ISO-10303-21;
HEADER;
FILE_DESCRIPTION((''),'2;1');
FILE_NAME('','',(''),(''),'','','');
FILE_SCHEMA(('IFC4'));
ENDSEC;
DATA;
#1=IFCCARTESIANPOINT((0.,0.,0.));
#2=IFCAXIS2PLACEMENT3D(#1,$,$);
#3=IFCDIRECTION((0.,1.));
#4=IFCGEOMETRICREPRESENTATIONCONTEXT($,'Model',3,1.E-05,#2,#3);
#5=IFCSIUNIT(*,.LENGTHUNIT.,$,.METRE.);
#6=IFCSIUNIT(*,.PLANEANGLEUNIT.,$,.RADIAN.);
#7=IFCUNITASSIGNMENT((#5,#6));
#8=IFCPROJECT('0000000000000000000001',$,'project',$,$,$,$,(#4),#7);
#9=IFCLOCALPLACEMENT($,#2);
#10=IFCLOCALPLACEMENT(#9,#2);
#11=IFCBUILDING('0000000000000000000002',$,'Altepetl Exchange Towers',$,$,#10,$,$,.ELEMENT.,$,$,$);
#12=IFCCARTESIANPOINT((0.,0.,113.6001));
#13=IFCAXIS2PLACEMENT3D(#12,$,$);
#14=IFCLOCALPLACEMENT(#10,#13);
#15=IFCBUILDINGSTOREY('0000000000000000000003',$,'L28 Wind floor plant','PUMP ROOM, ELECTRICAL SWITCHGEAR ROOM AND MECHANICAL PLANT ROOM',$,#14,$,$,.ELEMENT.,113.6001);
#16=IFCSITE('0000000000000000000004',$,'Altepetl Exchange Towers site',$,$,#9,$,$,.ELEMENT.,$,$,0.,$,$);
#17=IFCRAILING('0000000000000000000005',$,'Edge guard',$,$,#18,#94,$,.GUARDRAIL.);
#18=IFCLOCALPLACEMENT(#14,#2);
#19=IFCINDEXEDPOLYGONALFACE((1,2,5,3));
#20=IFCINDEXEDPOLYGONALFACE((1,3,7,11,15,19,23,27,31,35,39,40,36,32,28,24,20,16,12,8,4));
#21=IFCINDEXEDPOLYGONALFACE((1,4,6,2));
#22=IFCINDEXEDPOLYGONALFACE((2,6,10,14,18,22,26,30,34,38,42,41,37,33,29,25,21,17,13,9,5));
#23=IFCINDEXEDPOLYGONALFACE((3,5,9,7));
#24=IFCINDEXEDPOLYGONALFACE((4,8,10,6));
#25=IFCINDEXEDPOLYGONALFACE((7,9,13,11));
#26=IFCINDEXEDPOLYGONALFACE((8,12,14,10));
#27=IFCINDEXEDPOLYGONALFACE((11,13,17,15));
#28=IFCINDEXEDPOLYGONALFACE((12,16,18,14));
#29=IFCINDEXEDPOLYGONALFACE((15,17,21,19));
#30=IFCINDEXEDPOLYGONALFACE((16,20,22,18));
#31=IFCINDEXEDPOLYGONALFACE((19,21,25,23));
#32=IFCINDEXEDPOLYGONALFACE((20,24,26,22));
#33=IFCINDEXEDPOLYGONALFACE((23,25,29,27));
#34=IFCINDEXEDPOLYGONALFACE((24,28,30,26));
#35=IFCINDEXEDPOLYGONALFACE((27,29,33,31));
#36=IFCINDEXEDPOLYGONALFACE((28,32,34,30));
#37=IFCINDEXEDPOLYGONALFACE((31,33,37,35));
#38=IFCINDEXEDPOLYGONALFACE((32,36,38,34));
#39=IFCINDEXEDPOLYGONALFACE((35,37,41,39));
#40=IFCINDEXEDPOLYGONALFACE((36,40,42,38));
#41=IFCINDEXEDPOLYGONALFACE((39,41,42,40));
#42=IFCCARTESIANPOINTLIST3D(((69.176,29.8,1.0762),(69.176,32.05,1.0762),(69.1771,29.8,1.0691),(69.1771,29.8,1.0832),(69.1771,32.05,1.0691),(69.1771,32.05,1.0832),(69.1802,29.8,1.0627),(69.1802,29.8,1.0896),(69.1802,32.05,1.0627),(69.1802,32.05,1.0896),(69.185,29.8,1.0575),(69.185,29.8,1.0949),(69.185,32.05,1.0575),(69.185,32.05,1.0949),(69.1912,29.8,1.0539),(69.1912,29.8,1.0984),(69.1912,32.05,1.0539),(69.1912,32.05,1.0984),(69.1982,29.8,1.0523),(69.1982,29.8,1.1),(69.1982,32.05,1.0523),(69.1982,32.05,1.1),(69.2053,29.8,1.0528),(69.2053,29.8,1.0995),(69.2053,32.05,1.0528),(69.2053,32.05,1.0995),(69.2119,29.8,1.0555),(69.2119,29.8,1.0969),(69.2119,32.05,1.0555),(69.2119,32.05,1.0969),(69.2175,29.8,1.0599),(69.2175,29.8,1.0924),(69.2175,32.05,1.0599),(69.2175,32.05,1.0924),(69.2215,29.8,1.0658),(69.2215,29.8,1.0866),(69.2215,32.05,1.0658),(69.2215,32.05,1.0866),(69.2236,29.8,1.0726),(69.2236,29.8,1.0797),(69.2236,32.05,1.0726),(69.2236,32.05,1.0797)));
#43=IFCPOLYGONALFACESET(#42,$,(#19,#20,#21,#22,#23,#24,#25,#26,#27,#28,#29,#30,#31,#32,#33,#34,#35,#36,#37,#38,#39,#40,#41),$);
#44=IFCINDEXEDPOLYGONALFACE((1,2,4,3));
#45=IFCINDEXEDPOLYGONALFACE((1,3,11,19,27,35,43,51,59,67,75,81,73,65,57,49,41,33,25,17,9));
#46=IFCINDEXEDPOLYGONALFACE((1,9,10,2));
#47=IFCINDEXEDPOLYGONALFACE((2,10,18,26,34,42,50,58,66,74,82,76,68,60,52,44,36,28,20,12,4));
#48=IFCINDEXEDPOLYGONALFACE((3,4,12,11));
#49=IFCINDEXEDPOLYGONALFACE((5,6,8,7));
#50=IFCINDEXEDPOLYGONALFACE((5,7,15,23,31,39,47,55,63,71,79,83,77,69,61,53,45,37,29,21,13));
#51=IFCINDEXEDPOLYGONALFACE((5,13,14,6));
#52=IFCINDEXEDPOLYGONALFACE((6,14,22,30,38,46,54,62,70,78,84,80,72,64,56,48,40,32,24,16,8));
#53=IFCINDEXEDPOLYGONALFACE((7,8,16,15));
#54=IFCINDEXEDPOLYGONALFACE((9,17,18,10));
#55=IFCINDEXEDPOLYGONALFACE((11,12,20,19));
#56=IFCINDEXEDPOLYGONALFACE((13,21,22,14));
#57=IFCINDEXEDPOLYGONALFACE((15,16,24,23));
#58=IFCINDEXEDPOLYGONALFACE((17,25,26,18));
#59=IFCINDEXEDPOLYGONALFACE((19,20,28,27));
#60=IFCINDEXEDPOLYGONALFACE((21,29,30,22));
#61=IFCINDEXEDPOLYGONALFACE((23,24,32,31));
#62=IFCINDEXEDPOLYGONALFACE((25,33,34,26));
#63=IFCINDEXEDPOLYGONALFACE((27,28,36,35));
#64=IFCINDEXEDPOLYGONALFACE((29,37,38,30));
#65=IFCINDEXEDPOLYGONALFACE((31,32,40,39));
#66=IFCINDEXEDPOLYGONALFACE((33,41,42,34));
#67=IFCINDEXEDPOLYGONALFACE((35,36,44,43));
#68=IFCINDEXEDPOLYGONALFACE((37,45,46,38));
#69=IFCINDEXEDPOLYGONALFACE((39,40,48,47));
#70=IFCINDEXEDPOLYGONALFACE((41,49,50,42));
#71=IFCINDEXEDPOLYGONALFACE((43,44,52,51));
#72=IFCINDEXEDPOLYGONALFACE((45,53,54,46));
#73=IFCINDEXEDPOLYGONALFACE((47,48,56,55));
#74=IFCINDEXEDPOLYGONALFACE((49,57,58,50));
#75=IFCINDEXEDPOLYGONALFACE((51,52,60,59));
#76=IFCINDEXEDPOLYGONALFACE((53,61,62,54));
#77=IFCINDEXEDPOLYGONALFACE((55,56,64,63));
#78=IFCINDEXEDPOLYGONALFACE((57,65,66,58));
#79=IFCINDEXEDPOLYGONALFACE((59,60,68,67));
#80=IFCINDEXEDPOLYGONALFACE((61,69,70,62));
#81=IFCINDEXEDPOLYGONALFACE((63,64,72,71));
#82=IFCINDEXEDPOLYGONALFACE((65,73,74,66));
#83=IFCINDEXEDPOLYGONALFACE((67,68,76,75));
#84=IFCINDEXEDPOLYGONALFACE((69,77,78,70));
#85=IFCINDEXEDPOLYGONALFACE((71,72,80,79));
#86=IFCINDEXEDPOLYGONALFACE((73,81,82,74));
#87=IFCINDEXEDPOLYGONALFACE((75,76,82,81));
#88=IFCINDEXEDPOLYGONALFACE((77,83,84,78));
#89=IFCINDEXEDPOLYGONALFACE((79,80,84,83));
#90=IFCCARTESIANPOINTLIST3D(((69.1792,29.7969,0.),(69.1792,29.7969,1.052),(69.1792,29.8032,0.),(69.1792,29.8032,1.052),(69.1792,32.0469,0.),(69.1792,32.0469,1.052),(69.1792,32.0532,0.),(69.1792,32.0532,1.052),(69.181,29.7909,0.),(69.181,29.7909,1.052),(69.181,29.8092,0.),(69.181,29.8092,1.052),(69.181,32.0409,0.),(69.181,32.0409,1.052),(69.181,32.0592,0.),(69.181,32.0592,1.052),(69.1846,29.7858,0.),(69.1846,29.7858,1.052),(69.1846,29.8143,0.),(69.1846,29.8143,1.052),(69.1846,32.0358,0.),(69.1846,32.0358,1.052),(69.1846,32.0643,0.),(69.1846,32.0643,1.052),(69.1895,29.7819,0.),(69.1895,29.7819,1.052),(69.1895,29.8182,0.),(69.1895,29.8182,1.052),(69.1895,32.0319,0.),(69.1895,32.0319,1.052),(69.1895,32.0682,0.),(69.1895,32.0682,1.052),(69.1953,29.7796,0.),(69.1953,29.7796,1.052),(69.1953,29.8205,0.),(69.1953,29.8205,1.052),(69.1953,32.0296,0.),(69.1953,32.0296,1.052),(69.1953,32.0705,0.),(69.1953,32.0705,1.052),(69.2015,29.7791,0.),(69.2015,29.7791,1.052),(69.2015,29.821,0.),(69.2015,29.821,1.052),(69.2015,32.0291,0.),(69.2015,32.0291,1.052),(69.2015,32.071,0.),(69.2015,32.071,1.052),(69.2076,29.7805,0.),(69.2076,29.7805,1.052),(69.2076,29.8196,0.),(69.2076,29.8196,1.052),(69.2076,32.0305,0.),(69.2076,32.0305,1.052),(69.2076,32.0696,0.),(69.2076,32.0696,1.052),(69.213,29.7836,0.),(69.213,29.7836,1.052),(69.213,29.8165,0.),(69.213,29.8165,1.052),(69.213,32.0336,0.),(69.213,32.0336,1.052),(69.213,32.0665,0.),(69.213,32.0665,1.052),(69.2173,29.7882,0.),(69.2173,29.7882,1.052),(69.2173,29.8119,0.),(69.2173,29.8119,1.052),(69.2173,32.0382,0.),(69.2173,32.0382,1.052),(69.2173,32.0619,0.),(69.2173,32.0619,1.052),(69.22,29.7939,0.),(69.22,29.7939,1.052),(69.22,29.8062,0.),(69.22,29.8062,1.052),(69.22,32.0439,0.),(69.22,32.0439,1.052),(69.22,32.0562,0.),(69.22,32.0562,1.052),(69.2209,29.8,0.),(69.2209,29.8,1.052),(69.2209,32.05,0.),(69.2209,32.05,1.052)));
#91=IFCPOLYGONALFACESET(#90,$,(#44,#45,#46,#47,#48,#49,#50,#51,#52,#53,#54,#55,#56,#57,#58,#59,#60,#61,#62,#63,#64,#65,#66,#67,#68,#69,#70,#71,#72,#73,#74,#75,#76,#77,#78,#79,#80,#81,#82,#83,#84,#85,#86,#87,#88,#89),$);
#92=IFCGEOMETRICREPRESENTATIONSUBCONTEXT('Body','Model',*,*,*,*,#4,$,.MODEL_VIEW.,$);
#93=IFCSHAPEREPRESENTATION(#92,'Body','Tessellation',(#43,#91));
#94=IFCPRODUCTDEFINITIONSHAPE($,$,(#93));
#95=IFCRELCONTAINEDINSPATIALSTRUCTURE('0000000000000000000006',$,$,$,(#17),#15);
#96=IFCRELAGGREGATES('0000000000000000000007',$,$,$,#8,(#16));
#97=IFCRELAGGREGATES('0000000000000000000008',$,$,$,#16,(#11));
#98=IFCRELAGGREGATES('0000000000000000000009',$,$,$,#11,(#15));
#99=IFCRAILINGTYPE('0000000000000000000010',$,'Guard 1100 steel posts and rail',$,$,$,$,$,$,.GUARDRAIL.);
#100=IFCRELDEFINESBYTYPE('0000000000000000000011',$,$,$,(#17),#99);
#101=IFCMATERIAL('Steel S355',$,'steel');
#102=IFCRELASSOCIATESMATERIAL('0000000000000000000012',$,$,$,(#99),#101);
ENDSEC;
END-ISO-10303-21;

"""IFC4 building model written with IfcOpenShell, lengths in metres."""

from ifc_helpers import new_model, si_unit, direction, frame, origin, origin_2d, place, context, subcontext, project, spatial, circle, extrude, source, transform, mapped, material, type_object, element, save


model = new_model("IFC4")

# Units and contexts
model_context = context("Model", 3, precision=1e-05, world=origin(), true_north=direction((0.0, 1.0)))
body_context = subcontext(model_context, "Body", "Model", "MODEL_VIEW")
ifc_project = project(units=[si_unit("LENGTHUNIT", "METRE"), si_unit("PLANEANGLEUNIT", "RADIAN")], contexts=[model_context])

# Site, building, storey
site_placement = place(None, origin())
site = spatial("IfcSite", under=ifc_project, at=site_placement, Name="Altepetl Exchange Towers site", CompositionType="ELEMENT", RefElevation=0.0)
building_placement = place(site_placement, origin())
building = spatial("IfcBuilding", under=site, at=building_placement, Name="Altepetl Exchange Towers", CompositionType="ELEMENT")
storey_placement = place(building_placement, frame((0.0, 0.0, 113.6001)))
storey = spatial("IfcBuildingStorey", under=building, at=storey_placement, Name="L28 Wind floor plant", Description="PUMP ROOM, ELECTRICAL SWITCHGEAR ROOM AND MECHANICAL PLANT ROOM", CompositionType="ELEMENT", Elevation=113.6001)

# Shared definitions
ifc_material_1 = material(Name="Steel S355", Category="steel")

# Railing
railing_type = type_object("IfcRailingType", Name="Guard 1100 steel posts and rail", PredefinedType="GUARDRAIL", material=ifc_material_1)
shared_shape = source(origin(), body_context, "Body", "SweptSolid", [
    extrude(circle(Radius=0.021, at=origin_2d()), origin(), (0.0, 0.0, 1.0), 1.052),
])
railing_1_placement = place(storey_placement, frame((69.2, 29.8, 0.0)))
element("IfcRailing", 1, at=railing_1_placement, inside=storey, type_object=railing_type, Name="Edge guard", PredefinedType="GUARDRAIL", context=body_context, shape_type="SweptSolid", body=[
    extrude(circle(Radius=0.0239, at=origin_2d()), frame((0.0, 0.0, 1.0762), z_axis=(0.0, 1.0, 0.0), x_axis=(-1.0, 0.0, 0.0)), (0.0, 0.0, 1.0), 2.25),
    mapped(shared_shape, transform((0.0, 0.0, 0.0))),
    mapped(shared_shape, transform((0.0, 2.25, 0.0))),
])

save(model, "model.ifc")
